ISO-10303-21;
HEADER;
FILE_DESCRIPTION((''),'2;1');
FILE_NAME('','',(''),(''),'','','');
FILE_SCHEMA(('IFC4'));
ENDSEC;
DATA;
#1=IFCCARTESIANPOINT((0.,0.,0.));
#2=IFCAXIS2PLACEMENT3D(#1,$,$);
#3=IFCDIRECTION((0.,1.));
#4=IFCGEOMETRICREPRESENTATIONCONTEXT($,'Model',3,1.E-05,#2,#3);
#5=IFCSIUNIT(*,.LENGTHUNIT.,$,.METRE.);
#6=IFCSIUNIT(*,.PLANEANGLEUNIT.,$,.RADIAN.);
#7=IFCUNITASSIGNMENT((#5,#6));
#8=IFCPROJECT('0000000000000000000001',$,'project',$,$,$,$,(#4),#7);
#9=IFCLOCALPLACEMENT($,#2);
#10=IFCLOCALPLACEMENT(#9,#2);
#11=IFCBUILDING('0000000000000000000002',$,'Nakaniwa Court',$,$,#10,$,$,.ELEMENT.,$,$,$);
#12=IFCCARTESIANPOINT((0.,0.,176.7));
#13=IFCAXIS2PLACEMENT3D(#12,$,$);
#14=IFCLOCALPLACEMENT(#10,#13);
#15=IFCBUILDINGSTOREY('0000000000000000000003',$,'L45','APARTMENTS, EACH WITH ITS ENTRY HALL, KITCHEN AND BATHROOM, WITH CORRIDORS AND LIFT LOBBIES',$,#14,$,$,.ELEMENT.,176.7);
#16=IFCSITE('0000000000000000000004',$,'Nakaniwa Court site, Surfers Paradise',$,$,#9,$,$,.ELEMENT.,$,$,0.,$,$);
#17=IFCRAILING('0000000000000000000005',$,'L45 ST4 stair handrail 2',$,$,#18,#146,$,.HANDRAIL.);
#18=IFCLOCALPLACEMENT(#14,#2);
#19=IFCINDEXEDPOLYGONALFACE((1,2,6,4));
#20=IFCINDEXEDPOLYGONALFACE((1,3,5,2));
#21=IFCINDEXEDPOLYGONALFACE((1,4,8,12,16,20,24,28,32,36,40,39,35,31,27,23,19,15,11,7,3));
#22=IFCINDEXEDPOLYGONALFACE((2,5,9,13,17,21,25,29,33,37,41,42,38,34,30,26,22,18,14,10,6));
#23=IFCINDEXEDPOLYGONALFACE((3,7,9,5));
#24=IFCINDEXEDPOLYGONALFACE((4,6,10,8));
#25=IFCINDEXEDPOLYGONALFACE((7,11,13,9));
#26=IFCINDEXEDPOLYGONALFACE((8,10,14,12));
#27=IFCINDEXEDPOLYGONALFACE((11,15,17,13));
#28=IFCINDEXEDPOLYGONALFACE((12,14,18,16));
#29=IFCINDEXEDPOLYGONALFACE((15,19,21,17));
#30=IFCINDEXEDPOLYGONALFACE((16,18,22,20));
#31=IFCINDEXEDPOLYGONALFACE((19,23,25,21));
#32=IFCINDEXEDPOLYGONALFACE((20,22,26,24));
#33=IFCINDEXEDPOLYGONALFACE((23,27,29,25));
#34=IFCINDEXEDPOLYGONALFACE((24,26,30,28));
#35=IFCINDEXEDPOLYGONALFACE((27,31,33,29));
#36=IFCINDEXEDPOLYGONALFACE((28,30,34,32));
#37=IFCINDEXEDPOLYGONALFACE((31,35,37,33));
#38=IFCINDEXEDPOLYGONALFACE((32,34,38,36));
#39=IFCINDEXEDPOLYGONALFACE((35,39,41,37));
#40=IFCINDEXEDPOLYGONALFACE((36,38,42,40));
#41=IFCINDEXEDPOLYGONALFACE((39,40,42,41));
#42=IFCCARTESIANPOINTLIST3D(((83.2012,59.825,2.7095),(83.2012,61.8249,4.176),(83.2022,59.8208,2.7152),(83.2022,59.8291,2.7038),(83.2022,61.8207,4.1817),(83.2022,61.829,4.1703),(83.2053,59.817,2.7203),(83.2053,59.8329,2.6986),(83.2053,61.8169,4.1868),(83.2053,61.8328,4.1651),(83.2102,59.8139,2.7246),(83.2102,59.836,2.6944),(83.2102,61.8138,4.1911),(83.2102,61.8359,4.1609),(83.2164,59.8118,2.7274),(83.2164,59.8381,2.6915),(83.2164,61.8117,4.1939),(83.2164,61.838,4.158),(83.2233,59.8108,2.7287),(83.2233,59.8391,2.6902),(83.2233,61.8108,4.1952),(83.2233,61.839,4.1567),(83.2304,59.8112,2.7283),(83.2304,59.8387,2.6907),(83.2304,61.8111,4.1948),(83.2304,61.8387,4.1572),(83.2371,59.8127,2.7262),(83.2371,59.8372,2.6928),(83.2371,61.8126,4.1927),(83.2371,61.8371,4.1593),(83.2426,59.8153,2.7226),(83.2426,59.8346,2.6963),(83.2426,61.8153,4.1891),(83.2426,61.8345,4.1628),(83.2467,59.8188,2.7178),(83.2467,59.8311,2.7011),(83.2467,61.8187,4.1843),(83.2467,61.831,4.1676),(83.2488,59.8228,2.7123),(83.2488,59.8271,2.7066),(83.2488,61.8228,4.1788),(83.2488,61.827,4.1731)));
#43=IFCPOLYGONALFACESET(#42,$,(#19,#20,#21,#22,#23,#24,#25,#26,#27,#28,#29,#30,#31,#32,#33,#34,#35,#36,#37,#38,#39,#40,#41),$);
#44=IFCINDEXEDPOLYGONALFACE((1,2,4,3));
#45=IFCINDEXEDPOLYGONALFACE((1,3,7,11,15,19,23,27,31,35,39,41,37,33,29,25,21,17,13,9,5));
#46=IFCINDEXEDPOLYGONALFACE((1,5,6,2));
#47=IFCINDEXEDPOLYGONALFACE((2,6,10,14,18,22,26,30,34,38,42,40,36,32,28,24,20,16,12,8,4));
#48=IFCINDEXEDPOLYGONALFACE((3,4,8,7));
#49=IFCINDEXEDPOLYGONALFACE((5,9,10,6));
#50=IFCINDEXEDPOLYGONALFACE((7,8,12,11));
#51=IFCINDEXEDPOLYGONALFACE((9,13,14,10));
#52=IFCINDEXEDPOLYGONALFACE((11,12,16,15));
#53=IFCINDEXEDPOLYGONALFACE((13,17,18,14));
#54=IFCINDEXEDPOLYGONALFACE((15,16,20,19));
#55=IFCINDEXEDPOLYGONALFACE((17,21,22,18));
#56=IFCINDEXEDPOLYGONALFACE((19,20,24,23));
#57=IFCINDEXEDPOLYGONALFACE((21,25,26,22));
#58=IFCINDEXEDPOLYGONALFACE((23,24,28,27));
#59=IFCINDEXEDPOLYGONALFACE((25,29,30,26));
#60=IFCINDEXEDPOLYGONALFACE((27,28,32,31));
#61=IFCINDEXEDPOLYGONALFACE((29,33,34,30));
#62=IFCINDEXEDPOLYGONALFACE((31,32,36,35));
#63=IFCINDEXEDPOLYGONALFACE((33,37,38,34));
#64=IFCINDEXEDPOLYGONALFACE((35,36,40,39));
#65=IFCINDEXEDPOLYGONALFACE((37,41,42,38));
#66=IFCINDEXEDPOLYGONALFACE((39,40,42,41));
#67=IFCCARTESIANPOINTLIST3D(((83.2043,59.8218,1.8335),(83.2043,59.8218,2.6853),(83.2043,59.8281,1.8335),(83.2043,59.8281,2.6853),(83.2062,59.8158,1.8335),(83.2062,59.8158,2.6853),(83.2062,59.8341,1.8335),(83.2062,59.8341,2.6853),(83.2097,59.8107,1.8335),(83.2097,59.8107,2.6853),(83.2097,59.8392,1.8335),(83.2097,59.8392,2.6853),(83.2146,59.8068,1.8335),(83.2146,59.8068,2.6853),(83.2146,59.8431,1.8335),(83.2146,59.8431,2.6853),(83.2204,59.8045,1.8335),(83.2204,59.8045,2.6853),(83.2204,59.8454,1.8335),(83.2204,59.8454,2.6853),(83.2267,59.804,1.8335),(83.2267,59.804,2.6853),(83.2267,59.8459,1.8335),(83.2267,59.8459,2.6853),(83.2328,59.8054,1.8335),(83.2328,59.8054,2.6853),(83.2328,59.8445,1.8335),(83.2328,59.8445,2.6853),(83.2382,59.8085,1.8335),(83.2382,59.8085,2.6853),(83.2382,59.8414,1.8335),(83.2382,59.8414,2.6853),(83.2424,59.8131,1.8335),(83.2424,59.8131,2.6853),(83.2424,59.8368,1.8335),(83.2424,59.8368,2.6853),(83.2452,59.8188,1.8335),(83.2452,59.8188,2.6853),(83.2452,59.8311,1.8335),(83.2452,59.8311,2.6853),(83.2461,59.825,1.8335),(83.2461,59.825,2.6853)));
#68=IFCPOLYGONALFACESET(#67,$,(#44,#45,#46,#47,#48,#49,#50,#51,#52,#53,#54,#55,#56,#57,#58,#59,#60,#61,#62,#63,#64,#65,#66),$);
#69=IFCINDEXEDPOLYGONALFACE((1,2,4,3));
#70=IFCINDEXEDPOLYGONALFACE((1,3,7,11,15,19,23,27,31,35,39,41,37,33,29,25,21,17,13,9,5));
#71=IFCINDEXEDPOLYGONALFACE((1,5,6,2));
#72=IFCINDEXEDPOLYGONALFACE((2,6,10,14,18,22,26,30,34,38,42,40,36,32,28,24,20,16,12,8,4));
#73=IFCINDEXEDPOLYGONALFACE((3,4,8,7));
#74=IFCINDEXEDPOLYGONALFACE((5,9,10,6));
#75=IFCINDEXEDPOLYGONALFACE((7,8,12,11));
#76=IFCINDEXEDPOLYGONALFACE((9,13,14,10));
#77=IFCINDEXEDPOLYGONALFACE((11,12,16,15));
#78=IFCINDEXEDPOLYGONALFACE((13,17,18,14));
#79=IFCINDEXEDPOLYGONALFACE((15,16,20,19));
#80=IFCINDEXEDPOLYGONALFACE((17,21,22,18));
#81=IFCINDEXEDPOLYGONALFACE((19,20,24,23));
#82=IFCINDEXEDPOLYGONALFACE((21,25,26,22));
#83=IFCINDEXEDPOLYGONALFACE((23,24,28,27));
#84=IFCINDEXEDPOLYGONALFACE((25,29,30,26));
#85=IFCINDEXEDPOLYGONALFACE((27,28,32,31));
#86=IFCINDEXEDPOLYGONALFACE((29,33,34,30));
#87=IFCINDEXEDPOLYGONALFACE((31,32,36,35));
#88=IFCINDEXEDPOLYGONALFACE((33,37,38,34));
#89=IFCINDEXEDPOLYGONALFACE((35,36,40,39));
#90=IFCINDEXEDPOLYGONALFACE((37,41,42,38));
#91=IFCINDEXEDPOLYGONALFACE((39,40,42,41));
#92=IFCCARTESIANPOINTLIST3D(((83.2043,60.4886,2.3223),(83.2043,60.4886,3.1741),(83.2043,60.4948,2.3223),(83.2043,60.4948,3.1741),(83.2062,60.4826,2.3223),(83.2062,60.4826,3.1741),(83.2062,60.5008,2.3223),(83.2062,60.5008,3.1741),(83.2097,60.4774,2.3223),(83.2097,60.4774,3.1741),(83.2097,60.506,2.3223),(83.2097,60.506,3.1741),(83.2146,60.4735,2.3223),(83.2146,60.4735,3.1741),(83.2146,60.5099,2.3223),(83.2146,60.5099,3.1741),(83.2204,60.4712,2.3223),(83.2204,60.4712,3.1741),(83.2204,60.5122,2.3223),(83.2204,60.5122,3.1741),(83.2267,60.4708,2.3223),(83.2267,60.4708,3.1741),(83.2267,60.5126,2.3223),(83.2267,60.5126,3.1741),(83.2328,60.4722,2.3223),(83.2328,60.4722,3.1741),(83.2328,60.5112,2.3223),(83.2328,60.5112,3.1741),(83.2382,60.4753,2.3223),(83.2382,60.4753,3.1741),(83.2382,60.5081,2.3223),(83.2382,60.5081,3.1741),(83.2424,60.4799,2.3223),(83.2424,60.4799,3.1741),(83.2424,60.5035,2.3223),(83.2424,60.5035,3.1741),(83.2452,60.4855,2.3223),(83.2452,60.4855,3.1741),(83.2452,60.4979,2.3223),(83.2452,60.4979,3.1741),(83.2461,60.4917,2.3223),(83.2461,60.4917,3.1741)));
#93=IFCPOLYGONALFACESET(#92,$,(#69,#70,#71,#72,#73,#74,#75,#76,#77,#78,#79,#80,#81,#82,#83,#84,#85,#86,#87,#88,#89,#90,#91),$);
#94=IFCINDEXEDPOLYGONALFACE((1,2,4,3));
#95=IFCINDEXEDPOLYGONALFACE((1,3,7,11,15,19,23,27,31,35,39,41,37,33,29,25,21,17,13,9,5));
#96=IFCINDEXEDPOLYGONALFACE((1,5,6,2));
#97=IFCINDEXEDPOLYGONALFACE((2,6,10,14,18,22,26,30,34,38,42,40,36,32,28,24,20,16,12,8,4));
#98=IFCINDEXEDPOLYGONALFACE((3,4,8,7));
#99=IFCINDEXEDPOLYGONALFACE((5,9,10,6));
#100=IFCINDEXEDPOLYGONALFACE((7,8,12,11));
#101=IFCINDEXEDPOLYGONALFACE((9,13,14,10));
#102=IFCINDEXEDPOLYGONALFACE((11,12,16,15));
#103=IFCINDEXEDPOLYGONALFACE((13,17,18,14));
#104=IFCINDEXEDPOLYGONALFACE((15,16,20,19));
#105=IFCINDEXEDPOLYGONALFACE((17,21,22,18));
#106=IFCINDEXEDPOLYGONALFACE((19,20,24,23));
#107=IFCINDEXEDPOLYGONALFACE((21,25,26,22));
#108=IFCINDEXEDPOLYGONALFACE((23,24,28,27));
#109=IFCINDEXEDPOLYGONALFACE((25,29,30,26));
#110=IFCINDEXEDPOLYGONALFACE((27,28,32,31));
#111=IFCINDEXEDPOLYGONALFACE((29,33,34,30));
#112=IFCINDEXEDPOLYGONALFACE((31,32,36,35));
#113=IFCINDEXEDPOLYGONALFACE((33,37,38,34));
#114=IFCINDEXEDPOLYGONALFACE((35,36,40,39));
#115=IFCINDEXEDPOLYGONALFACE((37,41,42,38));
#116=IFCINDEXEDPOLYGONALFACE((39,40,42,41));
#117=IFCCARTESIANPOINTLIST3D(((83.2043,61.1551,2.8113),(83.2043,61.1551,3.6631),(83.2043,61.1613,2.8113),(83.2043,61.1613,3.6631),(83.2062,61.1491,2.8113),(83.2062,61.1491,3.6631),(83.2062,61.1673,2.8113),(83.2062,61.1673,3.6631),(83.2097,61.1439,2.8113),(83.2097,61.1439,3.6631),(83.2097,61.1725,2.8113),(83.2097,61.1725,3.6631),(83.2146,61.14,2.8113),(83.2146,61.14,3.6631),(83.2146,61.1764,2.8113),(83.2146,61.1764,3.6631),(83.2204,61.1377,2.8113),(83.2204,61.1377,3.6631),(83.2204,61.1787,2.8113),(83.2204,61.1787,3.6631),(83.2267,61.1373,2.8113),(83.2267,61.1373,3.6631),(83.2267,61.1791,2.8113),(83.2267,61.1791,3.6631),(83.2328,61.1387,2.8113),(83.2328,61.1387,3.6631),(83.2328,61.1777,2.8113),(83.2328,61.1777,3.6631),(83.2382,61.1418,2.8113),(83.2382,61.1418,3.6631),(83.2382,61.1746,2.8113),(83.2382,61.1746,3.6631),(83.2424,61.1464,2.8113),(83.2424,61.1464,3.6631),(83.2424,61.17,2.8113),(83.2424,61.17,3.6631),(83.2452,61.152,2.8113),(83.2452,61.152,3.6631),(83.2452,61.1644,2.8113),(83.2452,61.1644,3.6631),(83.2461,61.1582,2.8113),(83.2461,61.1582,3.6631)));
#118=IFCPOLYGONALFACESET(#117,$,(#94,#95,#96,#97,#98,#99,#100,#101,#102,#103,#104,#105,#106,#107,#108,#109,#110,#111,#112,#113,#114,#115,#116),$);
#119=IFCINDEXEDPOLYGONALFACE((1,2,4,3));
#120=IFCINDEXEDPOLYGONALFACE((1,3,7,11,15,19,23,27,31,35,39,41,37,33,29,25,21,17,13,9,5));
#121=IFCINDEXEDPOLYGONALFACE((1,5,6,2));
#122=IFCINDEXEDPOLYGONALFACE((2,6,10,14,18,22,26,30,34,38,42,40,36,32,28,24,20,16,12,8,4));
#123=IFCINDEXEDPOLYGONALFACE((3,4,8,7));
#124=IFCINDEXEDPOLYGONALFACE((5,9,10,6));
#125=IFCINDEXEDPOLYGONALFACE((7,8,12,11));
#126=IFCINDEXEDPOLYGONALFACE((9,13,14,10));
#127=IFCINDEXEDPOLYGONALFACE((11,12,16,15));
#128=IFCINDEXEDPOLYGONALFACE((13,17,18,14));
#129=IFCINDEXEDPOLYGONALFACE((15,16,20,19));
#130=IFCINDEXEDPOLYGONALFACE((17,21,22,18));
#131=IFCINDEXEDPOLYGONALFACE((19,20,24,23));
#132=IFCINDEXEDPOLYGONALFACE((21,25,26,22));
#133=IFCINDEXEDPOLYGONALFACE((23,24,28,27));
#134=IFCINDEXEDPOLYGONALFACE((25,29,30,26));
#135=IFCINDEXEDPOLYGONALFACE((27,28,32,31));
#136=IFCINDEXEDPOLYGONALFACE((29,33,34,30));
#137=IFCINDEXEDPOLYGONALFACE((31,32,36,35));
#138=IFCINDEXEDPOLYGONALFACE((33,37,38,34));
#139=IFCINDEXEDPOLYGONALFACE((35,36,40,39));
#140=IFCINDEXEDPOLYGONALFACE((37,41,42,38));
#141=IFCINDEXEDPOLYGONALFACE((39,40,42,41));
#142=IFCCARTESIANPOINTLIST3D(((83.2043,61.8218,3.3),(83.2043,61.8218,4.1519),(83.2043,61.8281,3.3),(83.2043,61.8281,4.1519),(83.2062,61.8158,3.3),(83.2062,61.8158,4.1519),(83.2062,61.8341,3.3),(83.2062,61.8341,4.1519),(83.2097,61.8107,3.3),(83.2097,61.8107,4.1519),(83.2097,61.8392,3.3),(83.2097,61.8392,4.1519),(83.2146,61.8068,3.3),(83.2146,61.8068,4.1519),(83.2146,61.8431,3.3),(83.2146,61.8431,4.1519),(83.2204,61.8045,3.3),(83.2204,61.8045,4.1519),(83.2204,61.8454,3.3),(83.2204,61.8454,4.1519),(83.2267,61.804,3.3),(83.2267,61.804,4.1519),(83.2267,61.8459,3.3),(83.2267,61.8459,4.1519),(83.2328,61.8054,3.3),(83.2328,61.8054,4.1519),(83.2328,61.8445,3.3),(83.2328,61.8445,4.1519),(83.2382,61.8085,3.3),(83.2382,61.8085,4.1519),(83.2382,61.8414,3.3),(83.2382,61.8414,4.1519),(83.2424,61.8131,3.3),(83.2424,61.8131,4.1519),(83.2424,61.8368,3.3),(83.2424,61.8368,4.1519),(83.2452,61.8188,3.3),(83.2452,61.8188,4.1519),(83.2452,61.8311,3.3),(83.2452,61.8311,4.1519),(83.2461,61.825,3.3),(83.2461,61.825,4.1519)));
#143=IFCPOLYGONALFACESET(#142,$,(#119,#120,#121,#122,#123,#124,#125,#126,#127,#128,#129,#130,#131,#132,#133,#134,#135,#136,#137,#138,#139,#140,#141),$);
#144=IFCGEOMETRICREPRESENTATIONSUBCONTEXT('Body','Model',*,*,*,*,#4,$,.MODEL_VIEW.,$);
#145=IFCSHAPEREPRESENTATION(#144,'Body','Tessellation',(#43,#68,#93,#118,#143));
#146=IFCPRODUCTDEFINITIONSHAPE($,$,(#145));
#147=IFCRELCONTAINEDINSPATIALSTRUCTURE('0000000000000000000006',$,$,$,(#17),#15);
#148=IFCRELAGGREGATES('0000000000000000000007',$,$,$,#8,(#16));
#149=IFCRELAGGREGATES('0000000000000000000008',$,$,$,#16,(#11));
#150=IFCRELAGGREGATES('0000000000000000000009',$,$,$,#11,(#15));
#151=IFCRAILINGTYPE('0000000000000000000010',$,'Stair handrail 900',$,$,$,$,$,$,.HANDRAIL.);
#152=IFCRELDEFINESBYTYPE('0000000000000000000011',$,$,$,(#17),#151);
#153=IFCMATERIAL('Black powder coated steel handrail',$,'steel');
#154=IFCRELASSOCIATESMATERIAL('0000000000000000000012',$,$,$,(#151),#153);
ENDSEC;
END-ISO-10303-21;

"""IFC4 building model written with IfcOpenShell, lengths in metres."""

from ifc_helpers import new_model, si_unit, direction, frame, origin, origin_2d, place, context, subcontext, project, spatial, circle, extrude, material, type_object, element, save


model = new_model("IFC4")

# Units and contexts
model_context = context("Model", 3, precision=1e-05, world=origin(), true_north=direction((0.0, 1.0)))
body_context = subcontext(model_context, "Body", "Model", "MODEL_VIEW")
ifc_project = project(units=[si_unit("LENGTHUNIT", "METRE"), si_unit("PLANEANGLEUNIT", "RADIAN")], contexts=[model_context])

# Site, building, storey
site_placement = place(None, origin())
site = spatial("IfcSite", under=ifc_project, at=site_placement, Name="Nakaniwa Court site, Surfers Paradise", CompositionType="ELEMENT", RefElevation=0.0)
building_placement = place(site_placement, origin())
building = spatial("IfcBuilding", under=site, at=building_placement, Name="Nakaniwa Court", CompositionType="ELEMENT")
storey_placement = place(building_placement, frame((0.0, 0.0, 176.7)))
storey = spatial("IfcBuildingStorey", under=building, at=storey_placement, Name="L45", Description="APARTMENTS, EACH WITH ITS ENTRY HALL, KITCHEN AND BATHROOM, WITH CORRIDORS AND LIFT LOBBIES", CompositionType="ELEMENT", Elevation=176.7)

# Railing
ifc_material_1 = material(Name="Black powder coated steel handrail", Category="steel")
railing_type_1 = type_object("IfcRailingType", Name="Stair handrail 900", PredefinedType="HANDRAIL", material=ifc_material_1)
railing_1_placement = place(storey_placement, frame((83.2251, 59.825, 1.8335)))
element("IfcRailing", 1, at=railing_1_placement, inside=storey, type_object=railing_type_1, Name="L45 ST4 stair handrail 2", PredefinedType="HANDRAIL", context=body_context, shape_type="SweptSolid", body=[
    extrude(circle(Radius=0.0239, at=origin_2d()), frame((0.0, 0.0, 0.876), z_axis=(0.0, 0.806427, 0.591334), x_axis=(-1.0, 0.0, 0.0)), (0.0, 0.0, 1.0), 2.48),
    extrude(circle(Radius=0.021, at=origin_2d()), origin(), (0.0, 0.0, 1.0), 0.8518),
    extrude(circle(Radius=0.021, at=origin_2d()), frame((0.0, 0.6667, 0.4888)), (0.0, 0.0, 1.0), 0.8518),
    extrude(circle(Radius=0.021, at=origin_2d()), frame((0.0, 1.3333, 0.9778)), (0.0, 0.0, 1.0), 0.8518),
    extrude(circle(Radius=0.021, at=origin_2d()), frame((0.0, 2.0, 1.4666)), (0.0, 0.0, 1.0), 0.8518),
])

save(model, "model.ifc")
